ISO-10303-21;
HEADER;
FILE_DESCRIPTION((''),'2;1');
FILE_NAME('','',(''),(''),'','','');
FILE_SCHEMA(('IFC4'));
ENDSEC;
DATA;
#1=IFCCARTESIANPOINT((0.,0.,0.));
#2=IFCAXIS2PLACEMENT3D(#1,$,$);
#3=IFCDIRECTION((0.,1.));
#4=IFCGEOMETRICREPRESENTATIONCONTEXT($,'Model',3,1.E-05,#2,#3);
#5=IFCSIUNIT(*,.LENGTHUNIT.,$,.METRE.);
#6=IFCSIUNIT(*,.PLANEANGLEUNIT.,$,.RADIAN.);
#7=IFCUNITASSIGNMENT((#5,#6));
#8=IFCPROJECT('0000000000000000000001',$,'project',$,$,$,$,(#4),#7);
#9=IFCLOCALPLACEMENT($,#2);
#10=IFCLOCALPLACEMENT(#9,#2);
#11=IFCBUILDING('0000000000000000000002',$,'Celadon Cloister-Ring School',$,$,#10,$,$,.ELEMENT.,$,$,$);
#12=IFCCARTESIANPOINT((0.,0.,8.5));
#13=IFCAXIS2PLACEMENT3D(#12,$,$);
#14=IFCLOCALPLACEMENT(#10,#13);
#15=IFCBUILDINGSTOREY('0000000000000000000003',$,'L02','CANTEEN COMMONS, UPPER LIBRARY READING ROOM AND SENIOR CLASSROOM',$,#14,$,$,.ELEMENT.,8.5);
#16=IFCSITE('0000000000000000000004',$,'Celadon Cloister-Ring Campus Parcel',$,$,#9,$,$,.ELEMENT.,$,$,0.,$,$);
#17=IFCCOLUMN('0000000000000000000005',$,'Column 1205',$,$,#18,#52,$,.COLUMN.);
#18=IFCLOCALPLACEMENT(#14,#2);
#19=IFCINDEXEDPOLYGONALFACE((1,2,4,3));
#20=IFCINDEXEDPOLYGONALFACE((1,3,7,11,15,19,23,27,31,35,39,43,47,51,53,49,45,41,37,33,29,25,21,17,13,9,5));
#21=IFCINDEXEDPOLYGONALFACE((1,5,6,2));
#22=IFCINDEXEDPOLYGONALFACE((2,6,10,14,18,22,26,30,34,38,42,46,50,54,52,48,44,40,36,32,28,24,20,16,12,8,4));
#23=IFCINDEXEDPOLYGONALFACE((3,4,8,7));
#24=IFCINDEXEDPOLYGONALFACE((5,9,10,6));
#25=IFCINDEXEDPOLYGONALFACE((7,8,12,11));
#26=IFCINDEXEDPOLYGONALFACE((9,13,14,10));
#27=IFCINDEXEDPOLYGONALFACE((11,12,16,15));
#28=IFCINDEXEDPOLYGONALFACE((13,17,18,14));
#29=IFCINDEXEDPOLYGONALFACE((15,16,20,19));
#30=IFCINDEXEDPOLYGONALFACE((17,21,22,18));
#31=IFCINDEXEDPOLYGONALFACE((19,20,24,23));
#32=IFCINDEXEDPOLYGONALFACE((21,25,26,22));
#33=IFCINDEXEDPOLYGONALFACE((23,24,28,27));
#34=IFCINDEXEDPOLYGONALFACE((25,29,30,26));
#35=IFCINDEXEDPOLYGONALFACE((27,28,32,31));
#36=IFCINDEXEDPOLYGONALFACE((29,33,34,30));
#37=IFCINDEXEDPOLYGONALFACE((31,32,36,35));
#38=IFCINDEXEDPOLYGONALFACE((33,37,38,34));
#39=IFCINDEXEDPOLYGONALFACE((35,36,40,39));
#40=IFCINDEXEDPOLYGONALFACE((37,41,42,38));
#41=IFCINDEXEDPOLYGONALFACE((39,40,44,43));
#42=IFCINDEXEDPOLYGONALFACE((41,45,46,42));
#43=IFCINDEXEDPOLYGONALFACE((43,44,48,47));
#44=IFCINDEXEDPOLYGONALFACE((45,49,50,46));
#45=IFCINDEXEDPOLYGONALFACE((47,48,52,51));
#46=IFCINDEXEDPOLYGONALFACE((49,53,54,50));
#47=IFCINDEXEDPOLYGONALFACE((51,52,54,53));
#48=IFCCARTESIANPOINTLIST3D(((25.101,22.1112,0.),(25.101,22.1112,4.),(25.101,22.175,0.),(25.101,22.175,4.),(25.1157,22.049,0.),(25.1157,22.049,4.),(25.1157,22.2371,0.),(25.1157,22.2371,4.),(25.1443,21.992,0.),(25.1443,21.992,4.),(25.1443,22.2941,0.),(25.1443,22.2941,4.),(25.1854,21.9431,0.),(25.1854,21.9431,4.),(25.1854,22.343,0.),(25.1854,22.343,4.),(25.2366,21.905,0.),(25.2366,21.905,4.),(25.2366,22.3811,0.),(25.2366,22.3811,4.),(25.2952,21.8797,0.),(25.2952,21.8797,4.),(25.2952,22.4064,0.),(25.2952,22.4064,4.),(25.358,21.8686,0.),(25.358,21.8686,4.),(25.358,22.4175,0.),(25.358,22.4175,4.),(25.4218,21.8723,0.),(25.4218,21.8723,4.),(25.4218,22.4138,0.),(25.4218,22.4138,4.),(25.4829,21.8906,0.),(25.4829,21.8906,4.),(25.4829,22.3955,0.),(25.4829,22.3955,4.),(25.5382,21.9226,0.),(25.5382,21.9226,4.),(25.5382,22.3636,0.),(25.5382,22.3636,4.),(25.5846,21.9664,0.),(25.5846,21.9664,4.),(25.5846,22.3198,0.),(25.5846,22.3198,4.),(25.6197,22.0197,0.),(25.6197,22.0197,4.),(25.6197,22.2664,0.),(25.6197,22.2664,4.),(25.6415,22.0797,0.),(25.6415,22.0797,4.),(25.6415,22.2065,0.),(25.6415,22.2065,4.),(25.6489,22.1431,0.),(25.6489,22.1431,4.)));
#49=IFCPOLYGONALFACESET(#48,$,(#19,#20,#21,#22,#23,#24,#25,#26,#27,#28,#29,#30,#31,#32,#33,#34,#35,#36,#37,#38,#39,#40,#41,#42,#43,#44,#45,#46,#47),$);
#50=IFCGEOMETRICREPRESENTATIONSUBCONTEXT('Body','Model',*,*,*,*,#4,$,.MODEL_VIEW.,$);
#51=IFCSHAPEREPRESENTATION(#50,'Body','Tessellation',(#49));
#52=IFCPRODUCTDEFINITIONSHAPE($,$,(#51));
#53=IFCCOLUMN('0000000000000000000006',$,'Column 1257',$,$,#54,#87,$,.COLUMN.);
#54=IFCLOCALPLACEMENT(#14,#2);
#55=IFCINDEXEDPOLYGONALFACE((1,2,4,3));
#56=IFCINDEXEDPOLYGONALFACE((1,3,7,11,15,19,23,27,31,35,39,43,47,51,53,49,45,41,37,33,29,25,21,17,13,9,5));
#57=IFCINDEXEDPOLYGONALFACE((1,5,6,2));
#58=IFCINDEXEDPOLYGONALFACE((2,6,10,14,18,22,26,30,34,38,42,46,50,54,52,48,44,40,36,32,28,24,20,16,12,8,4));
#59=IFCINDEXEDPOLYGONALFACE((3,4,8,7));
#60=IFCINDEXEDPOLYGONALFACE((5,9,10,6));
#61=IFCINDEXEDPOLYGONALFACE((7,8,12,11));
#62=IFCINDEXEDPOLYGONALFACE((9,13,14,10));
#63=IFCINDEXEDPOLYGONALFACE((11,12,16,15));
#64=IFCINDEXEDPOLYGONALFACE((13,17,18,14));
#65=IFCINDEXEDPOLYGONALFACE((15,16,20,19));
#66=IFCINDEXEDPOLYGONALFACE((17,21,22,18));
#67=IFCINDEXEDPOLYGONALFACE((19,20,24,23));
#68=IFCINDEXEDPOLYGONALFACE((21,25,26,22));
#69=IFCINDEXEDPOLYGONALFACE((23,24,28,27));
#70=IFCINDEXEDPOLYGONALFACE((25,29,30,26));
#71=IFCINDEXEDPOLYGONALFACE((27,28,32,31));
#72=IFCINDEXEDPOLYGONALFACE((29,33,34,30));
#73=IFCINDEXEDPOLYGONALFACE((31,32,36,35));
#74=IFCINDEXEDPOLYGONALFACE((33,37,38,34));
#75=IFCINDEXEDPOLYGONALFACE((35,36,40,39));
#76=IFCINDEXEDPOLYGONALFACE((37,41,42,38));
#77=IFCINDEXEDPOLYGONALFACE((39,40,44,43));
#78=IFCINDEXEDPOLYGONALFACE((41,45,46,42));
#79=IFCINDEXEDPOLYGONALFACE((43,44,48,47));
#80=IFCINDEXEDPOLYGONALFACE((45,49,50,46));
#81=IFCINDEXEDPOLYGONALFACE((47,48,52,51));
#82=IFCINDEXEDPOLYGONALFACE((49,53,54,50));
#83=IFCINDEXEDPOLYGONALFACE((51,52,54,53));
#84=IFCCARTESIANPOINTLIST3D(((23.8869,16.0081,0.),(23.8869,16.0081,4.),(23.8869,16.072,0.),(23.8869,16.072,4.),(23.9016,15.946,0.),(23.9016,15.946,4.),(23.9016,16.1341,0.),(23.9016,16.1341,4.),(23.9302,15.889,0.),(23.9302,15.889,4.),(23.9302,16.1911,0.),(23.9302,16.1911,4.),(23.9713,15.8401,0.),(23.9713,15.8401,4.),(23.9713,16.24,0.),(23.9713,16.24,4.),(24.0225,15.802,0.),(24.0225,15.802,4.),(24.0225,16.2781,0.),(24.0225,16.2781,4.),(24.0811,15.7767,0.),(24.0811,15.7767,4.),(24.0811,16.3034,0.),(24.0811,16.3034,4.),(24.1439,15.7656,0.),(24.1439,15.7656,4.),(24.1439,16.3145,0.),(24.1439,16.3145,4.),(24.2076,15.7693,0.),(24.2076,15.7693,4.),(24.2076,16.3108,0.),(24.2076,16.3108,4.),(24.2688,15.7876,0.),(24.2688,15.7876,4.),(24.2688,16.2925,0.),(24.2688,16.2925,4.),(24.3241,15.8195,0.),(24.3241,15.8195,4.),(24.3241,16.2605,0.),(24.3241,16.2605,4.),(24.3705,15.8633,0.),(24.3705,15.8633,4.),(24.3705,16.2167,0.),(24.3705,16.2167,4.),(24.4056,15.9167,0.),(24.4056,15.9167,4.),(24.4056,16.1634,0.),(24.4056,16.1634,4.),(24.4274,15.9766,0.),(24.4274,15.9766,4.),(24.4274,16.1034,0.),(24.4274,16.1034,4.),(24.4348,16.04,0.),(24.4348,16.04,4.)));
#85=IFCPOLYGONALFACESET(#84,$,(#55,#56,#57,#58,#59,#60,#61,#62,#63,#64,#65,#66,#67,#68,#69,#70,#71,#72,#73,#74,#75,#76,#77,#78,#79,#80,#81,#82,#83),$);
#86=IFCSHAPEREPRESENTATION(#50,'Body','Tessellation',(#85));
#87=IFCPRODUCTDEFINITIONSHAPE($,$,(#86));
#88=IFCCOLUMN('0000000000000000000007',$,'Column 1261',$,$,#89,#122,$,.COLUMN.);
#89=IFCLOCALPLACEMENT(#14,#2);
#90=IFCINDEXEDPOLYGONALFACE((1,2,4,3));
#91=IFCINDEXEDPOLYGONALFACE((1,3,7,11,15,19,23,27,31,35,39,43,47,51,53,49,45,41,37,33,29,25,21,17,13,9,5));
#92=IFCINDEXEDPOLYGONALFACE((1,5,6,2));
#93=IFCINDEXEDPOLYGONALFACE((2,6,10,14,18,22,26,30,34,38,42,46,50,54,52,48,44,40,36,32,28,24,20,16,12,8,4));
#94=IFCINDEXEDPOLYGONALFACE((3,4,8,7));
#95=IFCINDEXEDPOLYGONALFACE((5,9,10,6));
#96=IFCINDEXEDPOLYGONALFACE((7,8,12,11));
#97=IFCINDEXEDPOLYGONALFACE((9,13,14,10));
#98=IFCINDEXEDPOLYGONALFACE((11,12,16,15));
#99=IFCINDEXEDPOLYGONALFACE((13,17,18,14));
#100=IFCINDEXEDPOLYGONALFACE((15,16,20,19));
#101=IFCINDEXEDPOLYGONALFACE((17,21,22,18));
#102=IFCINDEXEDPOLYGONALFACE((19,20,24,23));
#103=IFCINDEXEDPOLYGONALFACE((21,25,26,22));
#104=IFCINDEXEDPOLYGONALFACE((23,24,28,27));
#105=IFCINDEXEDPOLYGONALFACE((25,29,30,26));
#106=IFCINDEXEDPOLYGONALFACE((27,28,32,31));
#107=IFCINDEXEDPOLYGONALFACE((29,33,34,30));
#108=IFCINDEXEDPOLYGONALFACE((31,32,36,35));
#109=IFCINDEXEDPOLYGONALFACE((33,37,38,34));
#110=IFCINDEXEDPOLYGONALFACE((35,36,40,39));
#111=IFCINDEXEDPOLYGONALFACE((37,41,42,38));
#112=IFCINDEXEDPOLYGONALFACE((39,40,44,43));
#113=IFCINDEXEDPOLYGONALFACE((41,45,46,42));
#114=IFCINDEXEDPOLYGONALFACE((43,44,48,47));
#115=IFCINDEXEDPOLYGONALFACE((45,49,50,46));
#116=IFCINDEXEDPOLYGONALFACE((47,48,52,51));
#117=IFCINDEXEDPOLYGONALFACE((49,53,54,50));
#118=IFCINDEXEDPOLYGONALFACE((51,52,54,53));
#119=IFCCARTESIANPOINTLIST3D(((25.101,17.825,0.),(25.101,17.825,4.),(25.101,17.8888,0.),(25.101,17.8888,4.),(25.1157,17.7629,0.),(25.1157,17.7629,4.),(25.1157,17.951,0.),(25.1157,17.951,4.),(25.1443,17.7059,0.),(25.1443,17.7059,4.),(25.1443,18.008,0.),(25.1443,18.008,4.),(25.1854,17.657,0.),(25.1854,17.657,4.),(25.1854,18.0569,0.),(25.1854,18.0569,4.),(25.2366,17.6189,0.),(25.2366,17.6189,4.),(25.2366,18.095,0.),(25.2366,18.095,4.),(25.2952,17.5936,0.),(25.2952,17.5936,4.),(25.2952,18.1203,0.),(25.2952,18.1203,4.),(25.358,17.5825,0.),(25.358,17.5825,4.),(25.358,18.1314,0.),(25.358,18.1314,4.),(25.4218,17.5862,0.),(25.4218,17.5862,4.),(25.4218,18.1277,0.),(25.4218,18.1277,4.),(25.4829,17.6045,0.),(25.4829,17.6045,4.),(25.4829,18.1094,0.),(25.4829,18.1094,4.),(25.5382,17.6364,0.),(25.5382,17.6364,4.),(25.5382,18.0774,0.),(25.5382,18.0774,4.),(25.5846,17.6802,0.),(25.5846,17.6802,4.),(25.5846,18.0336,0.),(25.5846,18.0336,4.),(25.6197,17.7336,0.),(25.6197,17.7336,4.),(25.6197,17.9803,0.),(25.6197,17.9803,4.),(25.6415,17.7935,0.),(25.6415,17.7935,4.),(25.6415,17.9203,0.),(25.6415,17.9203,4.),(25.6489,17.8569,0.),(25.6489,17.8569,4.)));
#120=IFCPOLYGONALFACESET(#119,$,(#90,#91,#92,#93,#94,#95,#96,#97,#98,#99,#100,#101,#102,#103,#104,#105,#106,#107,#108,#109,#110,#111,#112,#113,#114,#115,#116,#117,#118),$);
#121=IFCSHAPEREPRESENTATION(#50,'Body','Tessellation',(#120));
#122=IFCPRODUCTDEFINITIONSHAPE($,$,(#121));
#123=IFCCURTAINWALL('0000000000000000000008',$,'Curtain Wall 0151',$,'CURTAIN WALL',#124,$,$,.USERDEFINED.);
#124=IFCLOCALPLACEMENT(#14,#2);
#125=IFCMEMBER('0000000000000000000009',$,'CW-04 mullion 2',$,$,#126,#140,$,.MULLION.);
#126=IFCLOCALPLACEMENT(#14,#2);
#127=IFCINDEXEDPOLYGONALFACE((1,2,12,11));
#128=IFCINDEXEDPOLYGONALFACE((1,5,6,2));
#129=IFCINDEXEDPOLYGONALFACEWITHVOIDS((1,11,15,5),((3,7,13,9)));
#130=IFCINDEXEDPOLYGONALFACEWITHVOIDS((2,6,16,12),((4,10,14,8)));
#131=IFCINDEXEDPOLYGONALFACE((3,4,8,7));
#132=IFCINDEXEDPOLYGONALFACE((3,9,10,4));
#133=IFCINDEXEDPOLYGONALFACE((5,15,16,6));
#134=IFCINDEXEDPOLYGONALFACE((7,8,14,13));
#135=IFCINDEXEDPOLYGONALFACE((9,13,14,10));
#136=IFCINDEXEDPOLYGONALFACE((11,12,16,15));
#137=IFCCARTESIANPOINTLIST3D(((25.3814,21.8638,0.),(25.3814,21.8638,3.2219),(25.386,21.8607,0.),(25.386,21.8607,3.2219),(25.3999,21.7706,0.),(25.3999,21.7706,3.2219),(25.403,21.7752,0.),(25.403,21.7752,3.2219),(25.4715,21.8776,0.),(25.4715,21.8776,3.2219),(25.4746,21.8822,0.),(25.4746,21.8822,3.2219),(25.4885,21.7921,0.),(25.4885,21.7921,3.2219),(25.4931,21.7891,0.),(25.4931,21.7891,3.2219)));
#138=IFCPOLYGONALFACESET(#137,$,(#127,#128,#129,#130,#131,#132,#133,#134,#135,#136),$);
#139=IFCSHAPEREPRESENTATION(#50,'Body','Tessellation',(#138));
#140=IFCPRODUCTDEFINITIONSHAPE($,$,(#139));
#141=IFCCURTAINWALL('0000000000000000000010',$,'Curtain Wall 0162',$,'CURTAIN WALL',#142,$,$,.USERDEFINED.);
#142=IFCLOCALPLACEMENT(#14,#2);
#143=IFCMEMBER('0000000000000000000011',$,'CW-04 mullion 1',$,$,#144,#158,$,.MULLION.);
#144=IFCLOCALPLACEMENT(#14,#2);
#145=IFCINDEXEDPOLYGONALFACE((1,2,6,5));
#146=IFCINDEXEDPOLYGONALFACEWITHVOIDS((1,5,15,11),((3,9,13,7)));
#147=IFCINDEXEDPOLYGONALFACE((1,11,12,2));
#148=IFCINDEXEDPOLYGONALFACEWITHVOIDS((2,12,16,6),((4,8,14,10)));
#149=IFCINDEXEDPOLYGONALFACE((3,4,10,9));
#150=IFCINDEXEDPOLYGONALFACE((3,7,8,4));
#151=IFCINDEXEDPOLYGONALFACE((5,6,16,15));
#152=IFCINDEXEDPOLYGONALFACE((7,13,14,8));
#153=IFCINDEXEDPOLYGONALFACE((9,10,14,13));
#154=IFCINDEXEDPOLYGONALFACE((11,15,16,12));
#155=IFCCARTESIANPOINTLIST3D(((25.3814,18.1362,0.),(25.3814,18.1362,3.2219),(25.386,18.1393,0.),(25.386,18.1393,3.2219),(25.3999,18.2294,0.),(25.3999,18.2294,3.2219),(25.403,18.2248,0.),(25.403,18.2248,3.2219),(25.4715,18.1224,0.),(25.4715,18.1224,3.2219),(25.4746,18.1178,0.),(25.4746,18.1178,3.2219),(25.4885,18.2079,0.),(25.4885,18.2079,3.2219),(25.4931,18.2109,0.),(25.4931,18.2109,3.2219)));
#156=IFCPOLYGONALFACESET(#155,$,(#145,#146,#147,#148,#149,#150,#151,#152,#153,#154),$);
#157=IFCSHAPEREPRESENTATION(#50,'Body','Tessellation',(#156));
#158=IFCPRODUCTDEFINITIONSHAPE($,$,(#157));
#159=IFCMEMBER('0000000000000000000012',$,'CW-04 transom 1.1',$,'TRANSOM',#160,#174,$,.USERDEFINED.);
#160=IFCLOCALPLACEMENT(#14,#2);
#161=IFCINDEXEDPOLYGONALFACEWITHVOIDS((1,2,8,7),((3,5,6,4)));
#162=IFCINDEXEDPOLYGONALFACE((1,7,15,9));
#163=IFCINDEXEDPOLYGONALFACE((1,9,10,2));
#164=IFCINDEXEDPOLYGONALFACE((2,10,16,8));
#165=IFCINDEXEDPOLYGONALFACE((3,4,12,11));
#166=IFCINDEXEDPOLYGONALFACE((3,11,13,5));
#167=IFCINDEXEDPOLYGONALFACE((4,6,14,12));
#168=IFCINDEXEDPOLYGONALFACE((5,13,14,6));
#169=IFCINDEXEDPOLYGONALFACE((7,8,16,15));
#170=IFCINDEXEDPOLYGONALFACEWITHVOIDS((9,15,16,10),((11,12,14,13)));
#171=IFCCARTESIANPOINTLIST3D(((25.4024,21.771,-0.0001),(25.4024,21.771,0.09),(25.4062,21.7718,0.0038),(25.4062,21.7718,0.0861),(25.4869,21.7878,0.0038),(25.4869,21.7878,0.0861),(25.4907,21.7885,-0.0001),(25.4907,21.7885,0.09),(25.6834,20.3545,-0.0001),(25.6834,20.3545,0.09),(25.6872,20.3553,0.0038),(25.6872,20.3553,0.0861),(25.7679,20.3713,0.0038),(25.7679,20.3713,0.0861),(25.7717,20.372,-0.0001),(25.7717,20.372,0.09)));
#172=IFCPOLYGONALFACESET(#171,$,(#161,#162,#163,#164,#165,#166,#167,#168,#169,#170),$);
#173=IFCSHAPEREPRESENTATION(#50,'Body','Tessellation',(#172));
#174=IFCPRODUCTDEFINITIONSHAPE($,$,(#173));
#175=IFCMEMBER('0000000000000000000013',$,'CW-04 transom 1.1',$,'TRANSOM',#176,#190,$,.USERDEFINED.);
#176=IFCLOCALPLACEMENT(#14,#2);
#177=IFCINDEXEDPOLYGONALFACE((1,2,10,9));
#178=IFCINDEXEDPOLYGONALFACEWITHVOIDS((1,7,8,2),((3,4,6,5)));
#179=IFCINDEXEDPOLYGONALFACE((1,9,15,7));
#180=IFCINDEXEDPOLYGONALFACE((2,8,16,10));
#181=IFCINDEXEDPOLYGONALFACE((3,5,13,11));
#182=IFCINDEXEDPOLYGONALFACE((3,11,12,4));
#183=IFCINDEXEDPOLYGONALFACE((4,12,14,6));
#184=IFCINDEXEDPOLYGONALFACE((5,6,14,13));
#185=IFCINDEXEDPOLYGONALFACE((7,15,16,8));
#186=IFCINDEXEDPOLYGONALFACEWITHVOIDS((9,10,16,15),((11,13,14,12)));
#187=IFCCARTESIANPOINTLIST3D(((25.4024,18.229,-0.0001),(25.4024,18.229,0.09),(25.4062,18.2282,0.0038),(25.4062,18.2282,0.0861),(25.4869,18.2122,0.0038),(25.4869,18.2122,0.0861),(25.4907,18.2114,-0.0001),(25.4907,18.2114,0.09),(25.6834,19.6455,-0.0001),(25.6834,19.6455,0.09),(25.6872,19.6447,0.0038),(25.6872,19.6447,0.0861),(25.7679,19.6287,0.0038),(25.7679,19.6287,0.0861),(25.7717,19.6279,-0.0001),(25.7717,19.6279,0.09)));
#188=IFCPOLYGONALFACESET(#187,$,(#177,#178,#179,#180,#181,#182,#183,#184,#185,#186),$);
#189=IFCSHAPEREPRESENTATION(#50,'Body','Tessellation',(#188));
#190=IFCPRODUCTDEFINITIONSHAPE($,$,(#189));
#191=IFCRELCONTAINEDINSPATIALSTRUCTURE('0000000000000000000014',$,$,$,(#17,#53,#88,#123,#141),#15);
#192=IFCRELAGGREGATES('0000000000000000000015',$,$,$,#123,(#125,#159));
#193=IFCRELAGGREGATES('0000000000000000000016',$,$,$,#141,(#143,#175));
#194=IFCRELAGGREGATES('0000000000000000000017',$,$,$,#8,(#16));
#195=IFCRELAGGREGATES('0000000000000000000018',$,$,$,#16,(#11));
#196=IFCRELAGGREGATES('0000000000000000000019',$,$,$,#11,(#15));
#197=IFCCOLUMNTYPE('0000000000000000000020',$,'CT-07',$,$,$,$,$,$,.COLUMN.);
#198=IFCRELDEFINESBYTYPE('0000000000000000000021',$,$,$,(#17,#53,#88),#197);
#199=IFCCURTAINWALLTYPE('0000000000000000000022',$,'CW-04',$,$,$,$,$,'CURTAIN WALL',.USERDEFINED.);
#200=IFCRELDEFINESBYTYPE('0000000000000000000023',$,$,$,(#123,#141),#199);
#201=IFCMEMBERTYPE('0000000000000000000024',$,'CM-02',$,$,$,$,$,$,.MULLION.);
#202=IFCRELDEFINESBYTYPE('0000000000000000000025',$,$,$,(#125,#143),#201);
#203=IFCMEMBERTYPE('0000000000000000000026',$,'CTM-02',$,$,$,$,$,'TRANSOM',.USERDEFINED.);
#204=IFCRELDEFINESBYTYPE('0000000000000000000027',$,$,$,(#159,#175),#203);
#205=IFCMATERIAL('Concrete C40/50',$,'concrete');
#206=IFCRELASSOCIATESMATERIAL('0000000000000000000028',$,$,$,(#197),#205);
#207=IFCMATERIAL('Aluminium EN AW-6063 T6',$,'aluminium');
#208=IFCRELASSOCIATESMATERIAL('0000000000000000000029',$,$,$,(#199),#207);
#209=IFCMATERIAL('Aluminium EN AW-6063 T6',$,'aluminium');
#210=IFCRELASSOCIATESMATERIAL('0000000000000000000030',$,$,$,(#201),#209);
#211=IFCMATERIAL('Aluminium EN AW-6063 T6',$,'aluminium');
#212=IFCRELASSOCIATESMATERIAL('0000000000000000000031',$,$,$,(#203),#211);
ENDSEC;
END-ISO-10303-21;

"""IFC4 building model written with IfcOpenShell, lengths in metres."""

from ifc_helpers import new_model, si_unit, direction, frame, origin, origin_2d, place, context, subcontext, project, spatial, hollow_rectangle, circle, extrude, material, material_profile, profile_set, type_object, element, aggregate, save


model = new_model("IFC4")

# Units and contexts
model_context = context("Model", 3, precision=1e-05, world=origin(), true_north=direction((0.0, 1.0)))
body_context = subcontext(model_context, "Body", "Model", "MODEL_VIEW")
ifc_project = project(units=[si_unit("LENGTHUNIT", "METRE"), si_unit("PLANEANGLEUNIT", "RADIAN")], contexts=[model_context])

# Site, building, storey
site_placement = place(None, origin())
site = spatial("IfcSite", under=ifc_project, at=site_placement, Name="Celadon Cloister-Ring Campus Parcel", CompositionType="ELEMENT", RefElevation=0.0)
building_placement = place(site_placement, origin())
building = spatial("IfcBuilding", under=site, at=building_placement, Name="Celadon Cloister-Ring School", CompositionType="ELEMENT")
storey_placement = place(building_placement, frame((0.0, 0.0, 8.5)))
storey = spatial("IfcBuildingStorey", under=building, at=storey_placement, Name="L02", Description="CANTEEN COMMONS, UPPER LIBRARY READING ROOM AND SENIOR CLASSROOM", CompositionType="ELEMENT", Elevation=8.5)

# Columns
ifc_material_1 = material(Name="Concrete C40/50", Category="concrete")
ifc_material_profile_1 = material_profile(ifc_material_1, circle(Radius=0.2749, at=origin_2d()), Name="CIRC550")
ifc_profile_set_1 = profile_set([ifc_material_profile_1], Name="Concrete C40/50")
column_type = type_object("IfcColumnType", Name="CT-07", PredefinedType="COLUMN", material=ifc_profile_set_1)
for number, where, z_axis, x_axis, name in (
    (1, (25.374, 22.1431, 0.0), (0.0, 0.0, 1.0), (1.0, 0.0, 0.0), "Column 1205"),
    (2, (24.1599, 16.04, 0.0), (0.0, 0.0, 1.0), (1.0, 0.0, 0.0), "Column 1257"),
    (3, (25.374, 17.8569, 0.0), (0.0, 0.0, 1.0), (1.0, 0.0, 0.0), "Column 1261"),
):
    element("IfcColumn", number, at=place(storey_placement, frame(where, z_axis=z_axis, x_axis=x_axis)), inside=storey, type_object=column_type, Name=name, PredefinedType="COLUMN", context=body_context, shape_type="SweptSolid", body=[
        extrude(circle(Radius=0.2749, at=origin_2d()), origin(), (0.0, 0.0, 1.0), 4.0),
    ])

# Curtain walls, members
ifc_material_2 = material(Name="Aluminium EN AW-6063 T6", Category="aluminium")
curtain_wall_type = type_object("IfcCurtainWallType", Name="CW-04", ElementType="CURTAIN WALL", PredefinedType="USERDEFINED", material=ifc_material_2)
curtain_wall_1_placement = place(storey_placement, origin())
curtain_wall_1 = element("IfcCurtainWall", 4, at=curtain_wall_1_placement, inside=storey, type_object=curtain_wall_type, Name="Curtain Wall 0151", ObjectType="CURTAIN WALL", PredefinedType="USERDEFINED")
ifc_material_3 = material(Name="Aluminium EN AW-6063 T6", Category="aluminium")
ifc_material_profile_2 = material_profile(ifc_material_3, hollow_rectangle(XDim=0.095, YDim=0.095, WallThickness=0.0039, at=origin_2d()), Name="RHS95X95X4")
ifc_profile_set_2 = profile_set([ifc_material_profile_2], Name="Aluminium EN AW-6063 T6")
member_type_1 = type_object("IfcMemberType", Name="CM-02", PredefinedType="MULLION", material=ifc_profile_set_2)
member_1_placement = place(storey_placement, frame((25.4373, 21.8264, 0.0), z_axis=(0.0, 0.0, 1.0), x_axis=(-0.980885, -0.194586, 0.0)))
member_1 = element("IfcMember", 5, at=member_1_placement, type_object=member_type_1, Name="CW-04 mullion 2", PredefinedType="MULLION", context=body_context, shape_type="SweptSolid", body=[
    extrude(hollow_rectangle(XDim=0.095, YDim=0.095, WallThickness=0.0039, at=origin_2d()), origin(), (0.0, 0.0, 1.0), 3.2219),
])
curtain_wall_2_placement = place(storey_placement, origin())
curtain_wall_2 = element("IfcCurtainWall", 6, at=curtain_wall_2_placement, inside=storey, type_object=curtain_wall_type, Name="Curtain Wall 0162", ObjectType="CURTAIN WALL", PredefinedType="USERDEFINED")
member_2_placement = place(storey_placement, frame((25.4373, 18.1736, 0.0), z_axis=(0.0, 0.0, 1.0), x_axis=(-0.980885, 0.194586, 0.0)))
member_2 = element("IfcMember", 7, at=member_2_placement, type_object=member_type_1, Name="CW-04 mullion 1", PredefinedType="MULLION", context=body_context, shape_type="SweptSolid", body=[
    extrude(hollow_rectangle(XDim=0.095, YDim=0.095, WallThickness=0.0039, at=origin_2d()), origin(), (0.0, 0.0, 1.0), 3.2219),
])

# Members
ifc_material_4 = material(Name="Aluminium EN AW-6063 T6", Category="aluminium")
ifc_material_profile_3 = material_profile(ifc_material_4, hollow_rectangle(XDim=0.0901, YDim=0.0901, WallThickness=0.0039, at=origin_2d()), Name="RHS90X90X4")
ifc_profile_set_3 = profile_set([ifc_material_profile_3], Name="Aluminium EN AW-6063 T6")
member_type_2 = type_object("IfcMemberType", Name="CTM-02", ElementType="TRANSOM", PredefinedType="USERDEFINED", material=ifc_profile_set_3)
member_3_placement = place(storey_placement, frame((25.7275, 20.3633, 0.0449), z_axis=(-0.194588, 0.980885, 0.0), x_axis=(-0.980885, -0.194588, 0.0)))
member_3 = element("IfcMember", 8, at=member_3_placement, type_object=member_type_2, Name="CW-04 transom 1.1", ObjectType="TRANSOM", PredefinedType="USERDEFINED", context=body_context, shape_type="SweptSolid", body=[
    extrude(hollow_rectangle(XDim=0.0901, YDim=0.0901, WallThickness=0.0039, at=origin_2d()), origin(), (0.0, 0.0, 1.0), 1.4441),
])
member_4_placement = place(storey_placement, frame((25.4465, 18.2202, 0.0449), z_axis=(0.194588, 0.980885, 0.0), x_axis=(-0.980885, 0.194588, 0.0)))
member_4 = element("IfcMember", 9, at=member_4_placement, type_object=member_type_2, Name="CW-04 transom 1.1", ObjectType="TRANSOM", PredefinedType="USERDEFINED", context=body_context, shape_type="SweptSolid", body=[
    extrude(hollow_rectangle(XDim=0.0901, YDim=0.0901, WallThickness=0.0039, at=origin_2d()), origin(), (0.0, 0.0, 1.0), 1.4441),
])

aggregate(curtain_wall_1, [member_1, member_3])
aggregate(curtain_wall_2, [member_2, member_4])

save(model, "model.ifc")
